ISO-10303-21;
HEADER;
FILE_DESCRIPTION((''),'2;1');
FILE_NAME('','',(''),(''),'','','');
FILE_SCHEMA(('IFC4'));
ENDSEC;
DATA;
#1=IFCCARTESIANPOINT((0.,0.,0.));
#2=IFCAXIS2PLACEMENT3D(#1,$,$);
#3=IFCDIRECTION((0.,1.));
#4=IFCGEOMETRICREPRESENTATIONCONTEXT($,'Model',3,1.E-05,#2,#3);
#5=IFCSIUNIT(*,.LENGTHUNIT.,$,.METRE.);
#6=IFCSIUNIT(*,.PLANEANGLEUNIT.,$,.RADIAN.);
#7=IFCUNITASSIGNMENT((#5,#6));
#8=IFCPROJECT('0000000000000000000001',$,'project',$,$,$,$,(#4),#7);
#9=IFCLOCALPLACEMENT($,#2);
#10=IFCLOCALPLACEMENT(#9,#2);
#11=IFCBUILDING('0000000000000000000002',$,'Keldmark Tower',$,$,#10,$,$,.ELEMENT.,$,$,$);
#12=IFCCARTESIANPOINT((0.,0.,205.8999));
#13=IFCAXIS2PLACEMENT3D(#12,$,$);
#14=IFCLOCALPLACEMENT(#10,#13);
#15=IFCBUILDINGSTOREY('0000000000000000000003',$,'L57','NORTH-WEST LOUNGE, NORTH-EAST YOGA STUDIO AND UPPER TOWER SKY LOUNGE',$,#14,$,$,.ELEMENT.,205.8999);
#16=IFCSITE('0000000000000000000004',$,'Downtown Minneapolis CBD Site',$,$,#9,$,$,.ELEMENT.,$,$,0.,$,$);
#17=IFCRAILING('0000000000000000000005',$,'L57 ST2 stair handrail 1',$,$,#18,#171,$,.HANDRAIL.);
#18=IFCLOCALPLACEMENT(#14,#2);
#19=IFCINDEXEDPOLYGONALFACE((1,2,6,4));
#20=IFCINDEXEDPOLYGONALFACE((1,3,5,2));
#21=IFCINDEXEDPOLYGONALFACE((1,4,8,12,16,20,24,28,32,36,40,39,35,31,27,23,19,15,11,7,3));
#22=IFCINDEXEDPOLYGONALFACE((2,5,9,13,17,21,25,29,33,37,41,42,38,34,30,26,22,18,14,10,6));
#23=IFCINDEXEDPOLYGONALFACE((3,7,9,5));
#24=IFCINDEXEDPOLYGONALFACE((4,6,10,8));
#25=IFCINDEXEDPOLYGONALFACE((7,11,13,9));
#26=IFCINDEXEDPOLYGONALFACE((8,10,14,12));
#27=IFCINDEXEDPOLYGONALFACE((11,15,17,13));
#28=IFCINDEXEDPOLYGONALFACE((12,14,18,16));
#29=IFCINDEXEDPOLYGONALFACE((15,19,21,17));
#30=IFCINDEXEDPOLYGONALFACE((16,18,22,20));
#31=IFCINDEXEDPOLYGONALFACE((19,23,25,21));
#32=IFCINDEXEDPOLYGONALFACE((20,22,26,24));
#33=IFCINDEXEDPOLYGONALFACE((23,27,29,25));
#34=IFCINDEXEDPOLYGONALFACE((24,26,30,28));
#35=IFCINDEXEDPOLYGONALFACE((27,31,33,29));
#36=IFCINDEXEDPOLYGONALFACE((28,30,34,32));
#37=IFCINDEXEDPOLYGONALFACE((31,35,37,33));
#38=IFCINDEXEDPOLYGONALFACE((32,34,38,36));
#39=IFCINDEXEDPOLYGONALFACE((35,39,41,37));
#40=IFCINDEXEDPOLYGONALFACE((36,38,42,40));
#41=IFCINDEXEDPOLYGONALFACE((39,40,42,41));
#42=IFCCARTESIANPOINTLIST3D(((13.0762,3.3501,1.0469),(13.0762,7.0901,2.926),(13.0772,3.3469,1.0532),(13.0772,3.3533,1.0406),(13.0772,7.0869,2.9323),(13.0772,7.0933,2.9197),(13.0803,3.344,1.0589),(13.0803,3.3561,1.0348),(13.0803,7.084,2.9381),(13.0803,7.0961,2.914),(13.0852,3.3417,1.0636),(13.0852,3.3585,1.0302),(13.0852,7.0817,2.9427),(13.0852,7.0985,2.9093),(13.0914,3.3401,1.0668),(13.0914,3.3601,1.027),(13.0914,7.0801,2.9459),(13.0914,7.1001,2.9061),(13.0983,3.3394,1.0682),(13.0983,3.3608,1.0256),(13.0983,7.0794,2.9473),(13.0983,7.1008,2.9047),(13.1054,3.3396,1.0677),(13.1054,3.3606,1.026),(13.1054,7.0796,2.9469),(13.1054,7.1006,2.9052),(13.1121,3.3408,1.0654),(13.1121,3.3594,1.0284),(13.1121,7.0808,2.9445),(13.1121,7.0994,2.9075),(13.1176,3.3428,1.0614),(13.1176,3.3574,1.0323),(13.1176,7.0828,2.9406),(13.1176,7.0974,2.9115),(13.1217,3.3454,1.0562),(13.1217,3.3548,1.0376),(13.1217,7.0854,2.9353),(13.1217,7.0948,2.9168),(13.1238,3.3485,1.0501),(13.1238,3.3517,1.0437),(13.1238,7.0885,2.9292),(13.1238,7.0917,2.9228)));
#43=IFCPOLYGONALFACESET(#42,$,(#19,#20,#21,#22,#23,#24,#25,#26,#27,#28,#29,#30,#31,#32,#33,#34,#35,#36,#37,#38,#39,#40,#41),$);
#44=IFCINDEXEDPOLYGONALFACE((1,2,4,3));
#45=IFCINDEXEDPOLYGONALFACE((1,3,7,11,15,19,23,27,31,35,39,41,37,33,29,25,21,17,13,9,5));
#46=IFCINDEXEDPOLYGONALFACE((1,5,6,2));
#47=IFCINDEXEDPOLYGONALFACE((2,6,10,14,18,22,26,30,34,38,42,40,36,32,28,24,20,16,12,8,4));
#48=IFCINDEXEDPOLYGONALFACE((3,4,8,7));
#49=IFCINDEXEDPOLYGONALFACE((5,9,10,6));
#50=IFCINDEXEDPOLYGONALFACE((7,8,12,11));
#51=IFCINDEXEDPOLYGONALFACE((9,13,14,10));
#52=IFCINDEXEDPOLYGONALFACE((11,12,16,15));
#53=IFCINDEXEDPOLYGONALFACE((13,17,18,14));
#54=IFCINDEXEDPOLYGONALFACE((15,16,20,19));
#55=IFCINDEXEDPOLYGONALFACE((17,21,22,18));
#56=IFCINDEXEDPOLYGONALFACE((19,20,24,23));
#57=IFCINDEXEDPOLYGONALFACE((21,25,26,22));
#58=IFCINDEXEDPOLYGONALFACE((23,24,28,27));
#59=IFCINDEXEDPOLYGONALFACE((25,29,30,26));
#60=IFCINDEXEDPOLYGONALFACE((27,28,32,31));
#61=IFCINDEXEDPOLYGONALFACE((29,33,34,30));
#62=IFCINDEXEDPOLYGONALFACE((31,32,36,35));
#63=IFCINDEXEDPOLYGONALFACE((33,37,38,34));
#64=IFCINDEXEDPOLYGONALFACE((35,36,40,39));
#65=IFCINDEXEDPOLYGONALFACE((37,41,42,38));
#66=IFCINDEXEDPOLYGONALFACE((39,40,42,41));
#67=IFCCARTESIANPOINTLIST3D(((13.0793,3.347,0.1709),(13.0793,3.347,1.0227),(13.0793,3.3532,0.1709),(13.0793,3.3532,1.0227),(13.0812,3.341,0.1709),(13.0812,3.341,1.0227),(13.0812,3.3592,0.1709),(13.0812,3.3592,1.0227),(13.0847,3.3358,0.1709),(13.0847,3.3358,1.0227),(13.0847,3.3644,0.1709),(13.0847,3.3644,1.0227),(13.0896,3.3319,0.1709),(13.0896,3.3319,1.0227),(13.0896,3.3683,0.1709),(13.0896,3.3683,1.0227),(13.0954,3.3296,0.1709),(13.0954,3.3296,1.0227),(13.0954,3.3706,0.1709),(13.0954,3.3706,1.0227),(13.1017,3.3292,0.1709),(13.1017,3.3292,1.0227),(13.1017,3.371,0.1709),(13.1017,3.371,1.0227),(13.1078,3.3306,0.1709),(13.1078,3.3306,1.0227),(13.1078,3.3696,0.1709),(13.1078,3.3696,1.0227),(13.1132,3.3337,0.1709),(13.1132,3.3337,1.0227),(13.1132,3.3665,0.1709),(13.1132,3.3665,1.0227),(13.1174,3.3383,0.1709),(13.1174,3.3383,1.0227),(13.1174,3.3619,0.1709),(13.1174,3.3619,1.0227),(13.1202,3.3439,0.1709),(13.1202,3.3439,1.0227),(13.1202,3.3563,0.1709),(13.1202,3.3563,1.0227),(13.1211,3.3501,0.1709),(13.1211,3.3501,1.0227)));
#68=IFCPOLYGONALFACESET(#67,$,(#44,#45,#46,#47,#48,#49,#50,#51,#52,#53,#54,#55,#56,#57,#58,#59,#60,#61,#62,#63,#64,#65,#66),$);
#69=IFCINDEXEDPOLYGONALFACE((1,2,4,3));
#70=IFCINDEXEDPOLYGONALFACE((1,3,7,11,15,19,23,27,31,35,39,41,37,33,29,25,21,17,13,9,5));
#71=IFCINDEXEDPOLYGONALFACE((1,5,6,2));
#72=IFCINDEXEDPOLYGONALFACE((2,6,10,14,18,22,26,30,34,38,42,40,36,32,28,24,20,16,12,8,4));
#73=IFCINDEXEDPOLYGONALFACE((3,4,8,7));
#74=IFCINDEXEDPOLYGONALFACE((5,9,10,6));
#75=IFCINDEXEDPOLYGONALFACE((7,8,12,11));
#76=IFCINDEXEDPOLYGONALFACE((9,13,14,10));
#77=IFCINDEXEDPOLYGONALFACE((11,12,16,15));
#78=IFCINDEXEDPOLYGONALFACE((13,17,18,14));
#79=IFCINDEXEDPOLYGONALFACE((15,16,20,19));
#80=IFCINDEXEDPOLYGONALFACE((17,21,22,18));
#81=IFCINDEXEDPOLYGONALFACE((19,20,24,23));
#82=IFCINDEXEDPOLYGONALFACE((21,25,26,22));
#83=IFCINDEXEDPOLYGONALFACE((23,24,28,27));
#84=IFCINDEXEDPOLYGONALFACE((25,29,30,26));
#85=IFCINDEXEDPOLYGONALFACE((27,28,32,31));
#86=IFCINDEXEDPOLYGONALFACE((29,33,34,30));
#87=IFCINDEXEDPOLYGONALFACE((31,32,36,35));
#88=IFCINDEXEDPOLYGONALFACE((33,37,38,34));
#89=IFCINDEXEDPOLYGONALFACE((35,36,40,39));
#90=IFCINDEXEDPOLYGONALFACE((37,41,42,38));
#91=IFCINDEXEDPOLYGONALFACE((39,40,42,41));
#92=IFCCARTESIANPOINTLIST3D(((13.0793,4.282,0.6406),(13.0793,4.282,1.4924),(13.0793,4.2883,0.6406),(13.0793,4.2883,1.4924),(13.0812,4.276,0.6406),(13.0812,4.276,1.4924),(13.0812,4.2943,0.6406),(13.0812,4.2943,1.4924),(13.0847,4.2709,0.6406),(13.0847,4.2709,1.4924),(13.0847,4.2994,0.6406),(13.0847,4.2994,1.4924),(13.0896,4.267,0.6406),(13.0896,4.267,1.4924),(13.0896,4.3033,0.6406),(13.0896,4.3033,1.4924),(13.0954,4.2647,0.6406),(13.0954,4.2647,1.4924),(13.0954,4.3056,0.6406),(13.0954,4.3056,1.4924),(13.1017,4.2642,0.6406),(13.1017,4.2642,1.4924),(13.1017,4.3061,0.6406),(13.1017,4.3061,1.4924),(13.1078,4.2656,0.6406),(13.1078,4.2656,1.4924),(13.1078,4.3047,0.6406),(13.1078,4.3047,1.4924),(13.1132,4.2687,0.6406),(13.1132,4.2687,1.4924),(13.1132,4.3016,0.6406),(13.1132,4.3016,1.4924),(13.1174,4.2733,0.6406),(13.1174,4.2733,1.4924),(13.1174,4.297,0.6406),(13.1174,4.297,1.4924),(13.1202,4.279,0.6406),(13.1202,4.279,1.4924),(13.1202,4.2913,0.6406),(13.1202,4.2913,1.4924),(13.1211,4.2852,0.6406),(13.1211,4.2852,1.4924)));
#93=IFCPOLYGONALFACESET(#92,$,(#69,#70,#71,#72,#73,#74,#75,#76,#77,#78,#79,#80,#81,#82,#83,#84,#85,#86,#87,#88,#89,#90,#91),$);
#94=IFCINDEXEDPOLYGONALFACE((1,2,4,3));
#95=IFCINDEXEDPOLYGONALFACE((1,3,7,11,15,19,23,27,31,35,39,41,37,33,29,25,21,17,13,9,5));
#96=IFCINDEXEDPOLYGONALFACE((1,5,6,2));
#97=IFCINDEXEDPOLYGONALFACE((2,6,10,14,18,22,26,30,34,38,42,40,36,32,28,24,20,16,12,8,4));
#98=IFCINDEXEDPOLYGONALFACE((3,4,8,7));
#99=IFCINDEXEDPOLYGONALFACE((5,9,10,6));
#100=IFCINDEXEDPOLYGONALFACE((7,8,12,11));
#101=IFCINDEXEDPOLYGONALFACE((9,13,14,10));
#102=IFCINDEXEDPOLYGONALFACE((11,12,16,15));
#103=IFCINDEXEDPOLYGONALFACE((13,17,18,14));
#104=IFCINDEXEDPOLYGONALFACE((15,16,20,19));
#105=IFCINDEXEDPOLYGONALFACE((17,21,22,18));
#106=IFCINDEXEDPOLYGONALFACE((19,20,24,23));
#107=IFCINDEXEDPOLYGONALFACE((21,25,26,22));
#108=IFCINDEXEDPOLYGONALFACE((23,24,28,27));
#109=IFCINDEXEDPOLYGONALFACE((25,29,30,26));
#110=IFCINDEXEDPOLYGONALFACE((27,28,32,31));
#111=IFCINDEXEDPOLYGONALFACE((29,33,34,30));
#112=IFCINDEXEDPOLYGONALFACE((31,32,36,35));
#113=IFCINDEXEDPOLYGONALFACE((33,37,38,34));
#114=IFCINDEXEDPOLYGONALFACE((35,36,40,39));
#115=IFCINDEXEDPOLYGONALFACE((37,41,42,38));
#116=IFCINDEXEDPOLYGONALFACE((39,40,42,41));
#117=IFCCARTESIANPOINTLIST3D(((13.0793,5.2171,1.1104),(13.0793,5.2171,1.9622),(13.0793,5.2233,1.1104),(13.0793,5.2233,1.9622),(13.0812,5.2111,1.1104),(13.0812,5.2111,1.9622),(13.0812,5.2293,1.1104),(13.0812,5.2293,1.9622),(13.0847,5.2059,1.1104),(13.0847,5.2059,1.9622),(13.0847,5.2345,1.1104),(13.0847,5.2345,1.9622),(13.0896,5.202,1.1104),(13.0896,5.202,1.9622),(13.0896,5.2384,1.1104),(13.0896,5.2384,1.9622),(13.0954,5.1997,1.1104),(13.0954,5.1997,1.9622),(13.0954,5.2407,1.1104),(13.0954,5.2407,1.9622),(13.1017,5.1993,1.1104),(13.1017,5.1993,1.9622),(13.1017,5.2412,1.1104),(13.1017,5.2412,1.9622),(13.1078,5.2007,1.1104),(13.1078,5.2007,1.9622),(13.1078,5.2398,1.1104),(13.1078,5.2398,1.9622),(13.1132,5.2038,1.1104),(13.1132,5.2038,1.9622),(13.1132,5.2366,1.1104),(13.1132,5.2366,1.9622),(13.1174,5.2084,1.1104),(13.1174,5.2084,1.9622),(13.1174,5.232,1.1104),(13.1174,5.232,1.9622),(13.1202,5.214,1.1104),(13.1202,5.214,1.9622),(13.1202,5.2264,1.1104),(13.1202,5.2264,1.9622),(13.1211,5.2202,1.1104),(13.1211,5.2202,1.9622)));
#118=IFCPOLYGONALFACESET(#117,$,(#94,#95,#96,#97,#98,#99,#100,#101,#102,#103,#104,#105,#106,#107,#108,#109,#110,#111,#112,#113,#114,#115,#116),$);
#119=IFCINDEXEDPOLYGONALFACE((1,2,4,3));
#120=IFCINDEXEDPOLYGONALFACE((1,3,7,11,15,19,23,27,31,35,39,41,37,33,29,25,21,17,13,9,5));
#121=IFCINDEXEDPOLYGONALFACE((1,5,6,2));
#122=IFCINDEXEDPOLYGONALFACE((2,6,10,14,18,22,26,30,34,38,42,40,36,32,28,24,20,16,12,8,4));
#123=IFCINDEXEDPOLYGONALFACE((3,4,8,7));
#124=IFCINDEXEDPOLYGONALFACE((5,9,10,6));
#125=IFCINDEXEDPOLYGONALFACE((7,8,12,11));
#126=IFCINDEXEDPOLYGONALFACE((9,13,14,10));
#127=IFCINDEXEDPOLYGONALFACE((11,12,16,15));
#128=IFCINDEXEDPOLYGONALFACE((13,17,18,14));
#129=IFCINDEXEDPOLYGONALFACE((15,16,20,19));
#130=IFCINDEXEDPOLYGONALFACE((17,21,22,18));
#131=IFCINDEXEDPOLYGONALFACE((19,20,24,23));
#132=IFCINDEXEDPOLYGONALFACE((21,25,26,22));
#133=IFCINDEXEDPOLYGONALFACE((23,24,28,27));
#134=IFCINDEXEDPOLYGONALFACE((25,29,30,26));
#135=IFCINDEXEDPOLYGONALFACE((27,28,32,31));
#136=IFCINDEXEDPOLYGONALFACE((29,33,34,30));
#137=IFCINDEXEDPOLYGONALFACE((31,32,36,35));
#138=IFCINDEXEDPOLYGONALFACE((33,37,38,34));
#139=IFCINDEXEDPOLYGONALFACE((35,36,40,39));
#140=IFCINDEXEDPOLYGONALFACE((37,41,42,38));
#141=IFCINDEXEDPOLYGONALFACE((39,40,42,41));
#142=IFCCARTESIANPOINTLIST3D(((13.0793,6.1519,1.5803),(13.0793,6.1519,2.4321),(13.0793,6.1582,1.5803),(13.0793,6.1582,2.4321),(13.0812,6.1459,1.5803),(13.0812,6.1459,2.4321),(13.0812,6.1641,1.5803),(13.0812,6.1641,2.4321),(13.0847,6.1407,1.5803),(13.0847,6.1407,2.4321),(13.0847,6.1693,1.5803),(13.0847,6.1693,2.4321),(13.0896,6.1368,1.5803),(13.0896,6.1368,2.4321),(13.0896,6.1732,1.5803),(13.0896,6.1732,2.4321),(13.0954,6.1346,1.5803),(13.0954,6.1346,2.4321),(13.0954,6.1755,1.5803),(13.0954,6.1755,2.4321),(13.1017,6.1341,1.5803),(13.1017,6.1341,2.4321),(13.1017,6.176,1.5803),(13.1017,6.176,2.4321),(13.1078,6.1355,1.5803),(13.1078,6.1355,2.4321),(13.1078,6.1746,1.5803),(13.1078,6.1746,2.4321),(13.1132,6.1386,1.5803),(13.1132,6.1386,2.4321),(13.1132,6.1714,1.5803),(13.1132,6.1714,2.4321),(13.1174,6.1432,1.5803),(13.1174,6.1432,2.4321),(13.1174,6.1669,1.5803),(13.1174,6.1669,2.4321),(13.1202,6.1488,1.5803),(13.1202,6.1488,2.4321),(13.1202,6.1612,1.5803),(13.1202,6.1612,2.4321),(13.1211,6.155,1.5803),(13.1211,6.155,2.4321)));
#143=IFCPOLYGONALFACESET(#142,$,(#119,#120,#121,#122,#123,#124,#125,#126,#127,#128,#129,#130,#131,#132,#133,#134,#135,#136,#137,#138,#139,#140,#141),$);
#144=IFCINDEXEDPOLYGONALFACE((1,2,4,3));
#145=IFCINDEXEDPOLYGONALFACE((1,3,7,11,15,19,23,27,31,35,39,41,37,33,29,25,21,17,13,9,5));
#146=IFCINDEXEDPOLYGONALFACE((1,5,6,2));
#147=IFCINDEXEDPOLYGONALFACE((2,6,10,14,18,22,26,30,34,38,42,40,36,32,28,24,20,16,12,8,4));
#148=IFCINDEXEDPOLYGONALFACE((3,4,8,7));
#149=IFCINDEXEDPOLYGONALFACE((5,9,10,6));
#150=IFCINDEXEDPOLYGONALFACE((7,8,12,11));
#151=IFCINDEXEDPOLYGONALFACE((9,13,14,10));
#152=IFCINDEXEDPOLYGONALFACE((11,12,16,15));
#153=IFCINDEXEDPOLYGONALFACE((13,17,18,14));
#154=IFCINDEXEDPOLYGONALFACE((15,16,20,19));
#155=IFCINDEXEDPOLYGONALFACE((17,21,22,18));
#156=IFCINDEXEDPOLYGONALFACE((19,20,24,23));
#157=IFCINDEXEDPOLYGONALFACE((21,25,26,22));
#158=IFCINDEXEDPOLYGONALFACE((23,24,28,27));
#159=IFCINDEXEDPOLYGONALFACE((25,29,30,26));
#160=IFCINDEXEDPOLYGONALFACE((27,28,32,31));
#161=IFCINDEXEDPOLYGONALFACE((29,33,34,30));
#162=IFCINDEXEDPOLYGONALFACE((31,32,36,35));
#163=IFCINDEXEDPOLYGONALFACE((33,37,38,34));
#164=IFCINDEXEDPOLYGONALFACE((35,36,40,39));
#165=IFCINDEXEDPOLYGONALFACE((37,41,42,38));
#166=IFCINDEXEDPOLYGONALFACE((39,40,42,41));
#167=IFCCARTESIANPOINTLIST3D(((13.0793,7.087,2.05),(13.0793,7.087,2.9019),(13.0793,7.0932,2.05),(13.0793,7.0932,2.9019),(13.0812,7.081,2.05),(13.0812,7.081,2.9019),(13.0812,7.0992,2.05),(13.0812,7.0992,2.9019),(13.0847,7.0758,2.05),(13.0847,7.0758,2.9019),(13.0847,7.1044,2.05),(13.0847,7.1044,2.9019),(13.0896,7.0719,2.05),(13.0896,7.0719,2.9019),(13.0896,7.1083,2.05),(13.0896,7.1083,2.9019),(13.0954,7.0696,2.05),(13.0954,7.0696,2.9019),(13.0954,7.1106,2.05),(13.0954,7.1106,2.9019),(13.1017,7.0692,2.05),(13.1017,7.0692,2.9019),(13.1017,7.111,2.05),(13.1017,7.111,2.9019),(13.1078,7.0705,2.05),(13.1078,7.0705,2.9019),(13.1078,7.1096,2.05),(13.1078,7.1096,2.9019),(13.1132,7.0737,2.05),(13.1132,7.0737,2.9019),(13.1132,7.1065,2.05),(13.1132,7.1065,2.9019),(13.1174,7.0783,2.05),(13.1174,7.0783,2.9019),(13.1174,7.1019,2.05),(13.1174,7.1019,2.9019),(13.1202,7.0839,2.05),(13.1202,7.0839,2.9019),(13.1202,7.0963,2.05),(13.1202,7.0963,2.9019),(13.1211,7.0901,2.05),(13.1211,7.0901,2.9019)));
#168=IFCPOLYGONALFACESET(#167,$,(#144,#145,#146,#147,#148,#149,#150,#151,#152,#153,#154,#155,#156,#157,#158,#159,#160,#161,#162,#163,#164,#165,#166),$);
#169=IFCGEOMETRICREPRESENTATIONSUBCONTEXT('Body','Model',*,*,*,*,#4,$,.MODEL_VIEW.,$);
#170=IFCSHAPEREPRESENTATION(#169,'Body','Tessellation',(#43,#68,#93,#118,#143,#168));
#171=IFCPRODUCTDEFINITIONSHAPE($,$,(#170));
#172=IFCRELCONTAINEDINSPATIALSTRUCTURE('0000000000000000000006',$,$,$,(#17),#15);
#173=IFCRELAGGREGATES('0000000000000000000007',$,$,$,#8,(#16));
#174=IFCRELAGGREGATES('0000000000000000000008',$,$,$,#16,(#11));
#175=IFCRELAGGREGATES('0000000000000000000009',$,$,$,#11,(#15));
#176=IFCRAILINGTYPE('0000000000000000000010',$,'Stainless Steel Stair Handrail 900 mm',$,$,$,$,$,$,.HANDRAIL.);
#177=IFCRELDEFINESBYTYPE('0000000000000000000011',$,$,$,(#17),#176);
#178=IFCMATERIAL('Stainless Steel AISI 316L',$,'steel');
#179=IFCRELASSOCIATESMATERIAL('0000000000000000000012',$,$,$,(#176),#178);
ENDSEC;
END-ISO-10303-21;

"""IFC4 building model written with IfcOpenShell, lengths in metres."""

from ifc_helpers import new_model, si_unit, direction, frame, origin, origin_2d, place, context, subcontext, project, spatial, circle, extrude, material, type_object, element, save


model = new_model("IFC4")

# Units and contexts
model_context = context("Model", 3, precision=1e-05, world=origin(), true_north=direction((0.0, 1.0)))
body_context = subcontext(model_context, "Body", "Model", "MODEL_VIEW")
ifc_project = project(units=[si_unit("LENGTHUNIT", "METRE"), si_unit("PLANEANGLEUNIT", "RADIAN")], contexts=[model_context])

# Site, building, storey
site_placement = place(None, origin())
site = spatial("IfcSite", under=ifc_project, at=site_placement, Name="Downtown Minneapolis CBD Site", CompositionType="ELEMENT", RefElevation=0.0)
building_placement = place(site_placement, origin())
building = spatial("IfcBuilding", under=site, at=building_placement, Name="Keldmark Tower", CompositionType="ELEMENT")
storey_placement = place(building_placement, frame((0.0, 0.0, 205.8999)))
storey = spatial("IfcBuildingStorey", under=building, at=storey_placement, Name="L57", Description="NORTH-WEST LOUNGE, NORTH-EAST YOGA STUDIO AND UPPER TOWER SKY LOUNGE", CompositionType="ELEMENT", Elevation=205.8999)

# Railing
ifc_material_1 = material(Name="Stainless Steel AISI 316L", Category="steel")
railing_type_1 = type_object("IfcRailingType", Name="Stainless Steel Stair Handrail 900 mm", PredefinedType="HANDRAIL", material=ifc_material_1)
railing_1_placement = place(storey_placement, frame((13.1001, 3.3501, 0.1709)))
element("IfcRailing", 1, at=railing_1_placement, inside=storey, type_object=railing_type_1, Name="L57 ST2 stair handrail 1", PredefinedType="HANDRAIL", context=body_context, shape_type="SweptSolid", body=[
    extrude(circle(Radius=0.0239, at=origin_2d()), frame((0.0, 0.0, 0.876), z_axis=(0.0, 0.893551, 0.448963), x_axis=(-1.0, 0.0, 0.0)), (0.0, 0.0, 1.0), 4.1855),
    extrude(circle(Radius=0.021, at=origin_2d()), origin(), (0.0, 0.0, 1.0), 0.8518),
    extrude(circle(Radius=0.021, at=origin_2d()), frame((0.0, 0.9351, 0.4697)), (0.0, 0.0, 1.0), 0.8518),
    extrude(circle(Radius=0.021, at=origin_2d()), frame((0.0, 1.8701, 0.9395)), (0.0, 0.0, 1.0), 0.8518),
    extrude(circle(Radius=0.021, at=origin_2d()), frame((0.0, 2.8049, 1.4094)), (0.0, 0.0, 1.0), 0.8518),
    extrude(circle(Radius=0.021, at=origin_2d()), frame((0.0, 3.74, 1.8792)), (0.0, 0.0, 1.0), 0.8518),
])

save(model, "model.ifc")
